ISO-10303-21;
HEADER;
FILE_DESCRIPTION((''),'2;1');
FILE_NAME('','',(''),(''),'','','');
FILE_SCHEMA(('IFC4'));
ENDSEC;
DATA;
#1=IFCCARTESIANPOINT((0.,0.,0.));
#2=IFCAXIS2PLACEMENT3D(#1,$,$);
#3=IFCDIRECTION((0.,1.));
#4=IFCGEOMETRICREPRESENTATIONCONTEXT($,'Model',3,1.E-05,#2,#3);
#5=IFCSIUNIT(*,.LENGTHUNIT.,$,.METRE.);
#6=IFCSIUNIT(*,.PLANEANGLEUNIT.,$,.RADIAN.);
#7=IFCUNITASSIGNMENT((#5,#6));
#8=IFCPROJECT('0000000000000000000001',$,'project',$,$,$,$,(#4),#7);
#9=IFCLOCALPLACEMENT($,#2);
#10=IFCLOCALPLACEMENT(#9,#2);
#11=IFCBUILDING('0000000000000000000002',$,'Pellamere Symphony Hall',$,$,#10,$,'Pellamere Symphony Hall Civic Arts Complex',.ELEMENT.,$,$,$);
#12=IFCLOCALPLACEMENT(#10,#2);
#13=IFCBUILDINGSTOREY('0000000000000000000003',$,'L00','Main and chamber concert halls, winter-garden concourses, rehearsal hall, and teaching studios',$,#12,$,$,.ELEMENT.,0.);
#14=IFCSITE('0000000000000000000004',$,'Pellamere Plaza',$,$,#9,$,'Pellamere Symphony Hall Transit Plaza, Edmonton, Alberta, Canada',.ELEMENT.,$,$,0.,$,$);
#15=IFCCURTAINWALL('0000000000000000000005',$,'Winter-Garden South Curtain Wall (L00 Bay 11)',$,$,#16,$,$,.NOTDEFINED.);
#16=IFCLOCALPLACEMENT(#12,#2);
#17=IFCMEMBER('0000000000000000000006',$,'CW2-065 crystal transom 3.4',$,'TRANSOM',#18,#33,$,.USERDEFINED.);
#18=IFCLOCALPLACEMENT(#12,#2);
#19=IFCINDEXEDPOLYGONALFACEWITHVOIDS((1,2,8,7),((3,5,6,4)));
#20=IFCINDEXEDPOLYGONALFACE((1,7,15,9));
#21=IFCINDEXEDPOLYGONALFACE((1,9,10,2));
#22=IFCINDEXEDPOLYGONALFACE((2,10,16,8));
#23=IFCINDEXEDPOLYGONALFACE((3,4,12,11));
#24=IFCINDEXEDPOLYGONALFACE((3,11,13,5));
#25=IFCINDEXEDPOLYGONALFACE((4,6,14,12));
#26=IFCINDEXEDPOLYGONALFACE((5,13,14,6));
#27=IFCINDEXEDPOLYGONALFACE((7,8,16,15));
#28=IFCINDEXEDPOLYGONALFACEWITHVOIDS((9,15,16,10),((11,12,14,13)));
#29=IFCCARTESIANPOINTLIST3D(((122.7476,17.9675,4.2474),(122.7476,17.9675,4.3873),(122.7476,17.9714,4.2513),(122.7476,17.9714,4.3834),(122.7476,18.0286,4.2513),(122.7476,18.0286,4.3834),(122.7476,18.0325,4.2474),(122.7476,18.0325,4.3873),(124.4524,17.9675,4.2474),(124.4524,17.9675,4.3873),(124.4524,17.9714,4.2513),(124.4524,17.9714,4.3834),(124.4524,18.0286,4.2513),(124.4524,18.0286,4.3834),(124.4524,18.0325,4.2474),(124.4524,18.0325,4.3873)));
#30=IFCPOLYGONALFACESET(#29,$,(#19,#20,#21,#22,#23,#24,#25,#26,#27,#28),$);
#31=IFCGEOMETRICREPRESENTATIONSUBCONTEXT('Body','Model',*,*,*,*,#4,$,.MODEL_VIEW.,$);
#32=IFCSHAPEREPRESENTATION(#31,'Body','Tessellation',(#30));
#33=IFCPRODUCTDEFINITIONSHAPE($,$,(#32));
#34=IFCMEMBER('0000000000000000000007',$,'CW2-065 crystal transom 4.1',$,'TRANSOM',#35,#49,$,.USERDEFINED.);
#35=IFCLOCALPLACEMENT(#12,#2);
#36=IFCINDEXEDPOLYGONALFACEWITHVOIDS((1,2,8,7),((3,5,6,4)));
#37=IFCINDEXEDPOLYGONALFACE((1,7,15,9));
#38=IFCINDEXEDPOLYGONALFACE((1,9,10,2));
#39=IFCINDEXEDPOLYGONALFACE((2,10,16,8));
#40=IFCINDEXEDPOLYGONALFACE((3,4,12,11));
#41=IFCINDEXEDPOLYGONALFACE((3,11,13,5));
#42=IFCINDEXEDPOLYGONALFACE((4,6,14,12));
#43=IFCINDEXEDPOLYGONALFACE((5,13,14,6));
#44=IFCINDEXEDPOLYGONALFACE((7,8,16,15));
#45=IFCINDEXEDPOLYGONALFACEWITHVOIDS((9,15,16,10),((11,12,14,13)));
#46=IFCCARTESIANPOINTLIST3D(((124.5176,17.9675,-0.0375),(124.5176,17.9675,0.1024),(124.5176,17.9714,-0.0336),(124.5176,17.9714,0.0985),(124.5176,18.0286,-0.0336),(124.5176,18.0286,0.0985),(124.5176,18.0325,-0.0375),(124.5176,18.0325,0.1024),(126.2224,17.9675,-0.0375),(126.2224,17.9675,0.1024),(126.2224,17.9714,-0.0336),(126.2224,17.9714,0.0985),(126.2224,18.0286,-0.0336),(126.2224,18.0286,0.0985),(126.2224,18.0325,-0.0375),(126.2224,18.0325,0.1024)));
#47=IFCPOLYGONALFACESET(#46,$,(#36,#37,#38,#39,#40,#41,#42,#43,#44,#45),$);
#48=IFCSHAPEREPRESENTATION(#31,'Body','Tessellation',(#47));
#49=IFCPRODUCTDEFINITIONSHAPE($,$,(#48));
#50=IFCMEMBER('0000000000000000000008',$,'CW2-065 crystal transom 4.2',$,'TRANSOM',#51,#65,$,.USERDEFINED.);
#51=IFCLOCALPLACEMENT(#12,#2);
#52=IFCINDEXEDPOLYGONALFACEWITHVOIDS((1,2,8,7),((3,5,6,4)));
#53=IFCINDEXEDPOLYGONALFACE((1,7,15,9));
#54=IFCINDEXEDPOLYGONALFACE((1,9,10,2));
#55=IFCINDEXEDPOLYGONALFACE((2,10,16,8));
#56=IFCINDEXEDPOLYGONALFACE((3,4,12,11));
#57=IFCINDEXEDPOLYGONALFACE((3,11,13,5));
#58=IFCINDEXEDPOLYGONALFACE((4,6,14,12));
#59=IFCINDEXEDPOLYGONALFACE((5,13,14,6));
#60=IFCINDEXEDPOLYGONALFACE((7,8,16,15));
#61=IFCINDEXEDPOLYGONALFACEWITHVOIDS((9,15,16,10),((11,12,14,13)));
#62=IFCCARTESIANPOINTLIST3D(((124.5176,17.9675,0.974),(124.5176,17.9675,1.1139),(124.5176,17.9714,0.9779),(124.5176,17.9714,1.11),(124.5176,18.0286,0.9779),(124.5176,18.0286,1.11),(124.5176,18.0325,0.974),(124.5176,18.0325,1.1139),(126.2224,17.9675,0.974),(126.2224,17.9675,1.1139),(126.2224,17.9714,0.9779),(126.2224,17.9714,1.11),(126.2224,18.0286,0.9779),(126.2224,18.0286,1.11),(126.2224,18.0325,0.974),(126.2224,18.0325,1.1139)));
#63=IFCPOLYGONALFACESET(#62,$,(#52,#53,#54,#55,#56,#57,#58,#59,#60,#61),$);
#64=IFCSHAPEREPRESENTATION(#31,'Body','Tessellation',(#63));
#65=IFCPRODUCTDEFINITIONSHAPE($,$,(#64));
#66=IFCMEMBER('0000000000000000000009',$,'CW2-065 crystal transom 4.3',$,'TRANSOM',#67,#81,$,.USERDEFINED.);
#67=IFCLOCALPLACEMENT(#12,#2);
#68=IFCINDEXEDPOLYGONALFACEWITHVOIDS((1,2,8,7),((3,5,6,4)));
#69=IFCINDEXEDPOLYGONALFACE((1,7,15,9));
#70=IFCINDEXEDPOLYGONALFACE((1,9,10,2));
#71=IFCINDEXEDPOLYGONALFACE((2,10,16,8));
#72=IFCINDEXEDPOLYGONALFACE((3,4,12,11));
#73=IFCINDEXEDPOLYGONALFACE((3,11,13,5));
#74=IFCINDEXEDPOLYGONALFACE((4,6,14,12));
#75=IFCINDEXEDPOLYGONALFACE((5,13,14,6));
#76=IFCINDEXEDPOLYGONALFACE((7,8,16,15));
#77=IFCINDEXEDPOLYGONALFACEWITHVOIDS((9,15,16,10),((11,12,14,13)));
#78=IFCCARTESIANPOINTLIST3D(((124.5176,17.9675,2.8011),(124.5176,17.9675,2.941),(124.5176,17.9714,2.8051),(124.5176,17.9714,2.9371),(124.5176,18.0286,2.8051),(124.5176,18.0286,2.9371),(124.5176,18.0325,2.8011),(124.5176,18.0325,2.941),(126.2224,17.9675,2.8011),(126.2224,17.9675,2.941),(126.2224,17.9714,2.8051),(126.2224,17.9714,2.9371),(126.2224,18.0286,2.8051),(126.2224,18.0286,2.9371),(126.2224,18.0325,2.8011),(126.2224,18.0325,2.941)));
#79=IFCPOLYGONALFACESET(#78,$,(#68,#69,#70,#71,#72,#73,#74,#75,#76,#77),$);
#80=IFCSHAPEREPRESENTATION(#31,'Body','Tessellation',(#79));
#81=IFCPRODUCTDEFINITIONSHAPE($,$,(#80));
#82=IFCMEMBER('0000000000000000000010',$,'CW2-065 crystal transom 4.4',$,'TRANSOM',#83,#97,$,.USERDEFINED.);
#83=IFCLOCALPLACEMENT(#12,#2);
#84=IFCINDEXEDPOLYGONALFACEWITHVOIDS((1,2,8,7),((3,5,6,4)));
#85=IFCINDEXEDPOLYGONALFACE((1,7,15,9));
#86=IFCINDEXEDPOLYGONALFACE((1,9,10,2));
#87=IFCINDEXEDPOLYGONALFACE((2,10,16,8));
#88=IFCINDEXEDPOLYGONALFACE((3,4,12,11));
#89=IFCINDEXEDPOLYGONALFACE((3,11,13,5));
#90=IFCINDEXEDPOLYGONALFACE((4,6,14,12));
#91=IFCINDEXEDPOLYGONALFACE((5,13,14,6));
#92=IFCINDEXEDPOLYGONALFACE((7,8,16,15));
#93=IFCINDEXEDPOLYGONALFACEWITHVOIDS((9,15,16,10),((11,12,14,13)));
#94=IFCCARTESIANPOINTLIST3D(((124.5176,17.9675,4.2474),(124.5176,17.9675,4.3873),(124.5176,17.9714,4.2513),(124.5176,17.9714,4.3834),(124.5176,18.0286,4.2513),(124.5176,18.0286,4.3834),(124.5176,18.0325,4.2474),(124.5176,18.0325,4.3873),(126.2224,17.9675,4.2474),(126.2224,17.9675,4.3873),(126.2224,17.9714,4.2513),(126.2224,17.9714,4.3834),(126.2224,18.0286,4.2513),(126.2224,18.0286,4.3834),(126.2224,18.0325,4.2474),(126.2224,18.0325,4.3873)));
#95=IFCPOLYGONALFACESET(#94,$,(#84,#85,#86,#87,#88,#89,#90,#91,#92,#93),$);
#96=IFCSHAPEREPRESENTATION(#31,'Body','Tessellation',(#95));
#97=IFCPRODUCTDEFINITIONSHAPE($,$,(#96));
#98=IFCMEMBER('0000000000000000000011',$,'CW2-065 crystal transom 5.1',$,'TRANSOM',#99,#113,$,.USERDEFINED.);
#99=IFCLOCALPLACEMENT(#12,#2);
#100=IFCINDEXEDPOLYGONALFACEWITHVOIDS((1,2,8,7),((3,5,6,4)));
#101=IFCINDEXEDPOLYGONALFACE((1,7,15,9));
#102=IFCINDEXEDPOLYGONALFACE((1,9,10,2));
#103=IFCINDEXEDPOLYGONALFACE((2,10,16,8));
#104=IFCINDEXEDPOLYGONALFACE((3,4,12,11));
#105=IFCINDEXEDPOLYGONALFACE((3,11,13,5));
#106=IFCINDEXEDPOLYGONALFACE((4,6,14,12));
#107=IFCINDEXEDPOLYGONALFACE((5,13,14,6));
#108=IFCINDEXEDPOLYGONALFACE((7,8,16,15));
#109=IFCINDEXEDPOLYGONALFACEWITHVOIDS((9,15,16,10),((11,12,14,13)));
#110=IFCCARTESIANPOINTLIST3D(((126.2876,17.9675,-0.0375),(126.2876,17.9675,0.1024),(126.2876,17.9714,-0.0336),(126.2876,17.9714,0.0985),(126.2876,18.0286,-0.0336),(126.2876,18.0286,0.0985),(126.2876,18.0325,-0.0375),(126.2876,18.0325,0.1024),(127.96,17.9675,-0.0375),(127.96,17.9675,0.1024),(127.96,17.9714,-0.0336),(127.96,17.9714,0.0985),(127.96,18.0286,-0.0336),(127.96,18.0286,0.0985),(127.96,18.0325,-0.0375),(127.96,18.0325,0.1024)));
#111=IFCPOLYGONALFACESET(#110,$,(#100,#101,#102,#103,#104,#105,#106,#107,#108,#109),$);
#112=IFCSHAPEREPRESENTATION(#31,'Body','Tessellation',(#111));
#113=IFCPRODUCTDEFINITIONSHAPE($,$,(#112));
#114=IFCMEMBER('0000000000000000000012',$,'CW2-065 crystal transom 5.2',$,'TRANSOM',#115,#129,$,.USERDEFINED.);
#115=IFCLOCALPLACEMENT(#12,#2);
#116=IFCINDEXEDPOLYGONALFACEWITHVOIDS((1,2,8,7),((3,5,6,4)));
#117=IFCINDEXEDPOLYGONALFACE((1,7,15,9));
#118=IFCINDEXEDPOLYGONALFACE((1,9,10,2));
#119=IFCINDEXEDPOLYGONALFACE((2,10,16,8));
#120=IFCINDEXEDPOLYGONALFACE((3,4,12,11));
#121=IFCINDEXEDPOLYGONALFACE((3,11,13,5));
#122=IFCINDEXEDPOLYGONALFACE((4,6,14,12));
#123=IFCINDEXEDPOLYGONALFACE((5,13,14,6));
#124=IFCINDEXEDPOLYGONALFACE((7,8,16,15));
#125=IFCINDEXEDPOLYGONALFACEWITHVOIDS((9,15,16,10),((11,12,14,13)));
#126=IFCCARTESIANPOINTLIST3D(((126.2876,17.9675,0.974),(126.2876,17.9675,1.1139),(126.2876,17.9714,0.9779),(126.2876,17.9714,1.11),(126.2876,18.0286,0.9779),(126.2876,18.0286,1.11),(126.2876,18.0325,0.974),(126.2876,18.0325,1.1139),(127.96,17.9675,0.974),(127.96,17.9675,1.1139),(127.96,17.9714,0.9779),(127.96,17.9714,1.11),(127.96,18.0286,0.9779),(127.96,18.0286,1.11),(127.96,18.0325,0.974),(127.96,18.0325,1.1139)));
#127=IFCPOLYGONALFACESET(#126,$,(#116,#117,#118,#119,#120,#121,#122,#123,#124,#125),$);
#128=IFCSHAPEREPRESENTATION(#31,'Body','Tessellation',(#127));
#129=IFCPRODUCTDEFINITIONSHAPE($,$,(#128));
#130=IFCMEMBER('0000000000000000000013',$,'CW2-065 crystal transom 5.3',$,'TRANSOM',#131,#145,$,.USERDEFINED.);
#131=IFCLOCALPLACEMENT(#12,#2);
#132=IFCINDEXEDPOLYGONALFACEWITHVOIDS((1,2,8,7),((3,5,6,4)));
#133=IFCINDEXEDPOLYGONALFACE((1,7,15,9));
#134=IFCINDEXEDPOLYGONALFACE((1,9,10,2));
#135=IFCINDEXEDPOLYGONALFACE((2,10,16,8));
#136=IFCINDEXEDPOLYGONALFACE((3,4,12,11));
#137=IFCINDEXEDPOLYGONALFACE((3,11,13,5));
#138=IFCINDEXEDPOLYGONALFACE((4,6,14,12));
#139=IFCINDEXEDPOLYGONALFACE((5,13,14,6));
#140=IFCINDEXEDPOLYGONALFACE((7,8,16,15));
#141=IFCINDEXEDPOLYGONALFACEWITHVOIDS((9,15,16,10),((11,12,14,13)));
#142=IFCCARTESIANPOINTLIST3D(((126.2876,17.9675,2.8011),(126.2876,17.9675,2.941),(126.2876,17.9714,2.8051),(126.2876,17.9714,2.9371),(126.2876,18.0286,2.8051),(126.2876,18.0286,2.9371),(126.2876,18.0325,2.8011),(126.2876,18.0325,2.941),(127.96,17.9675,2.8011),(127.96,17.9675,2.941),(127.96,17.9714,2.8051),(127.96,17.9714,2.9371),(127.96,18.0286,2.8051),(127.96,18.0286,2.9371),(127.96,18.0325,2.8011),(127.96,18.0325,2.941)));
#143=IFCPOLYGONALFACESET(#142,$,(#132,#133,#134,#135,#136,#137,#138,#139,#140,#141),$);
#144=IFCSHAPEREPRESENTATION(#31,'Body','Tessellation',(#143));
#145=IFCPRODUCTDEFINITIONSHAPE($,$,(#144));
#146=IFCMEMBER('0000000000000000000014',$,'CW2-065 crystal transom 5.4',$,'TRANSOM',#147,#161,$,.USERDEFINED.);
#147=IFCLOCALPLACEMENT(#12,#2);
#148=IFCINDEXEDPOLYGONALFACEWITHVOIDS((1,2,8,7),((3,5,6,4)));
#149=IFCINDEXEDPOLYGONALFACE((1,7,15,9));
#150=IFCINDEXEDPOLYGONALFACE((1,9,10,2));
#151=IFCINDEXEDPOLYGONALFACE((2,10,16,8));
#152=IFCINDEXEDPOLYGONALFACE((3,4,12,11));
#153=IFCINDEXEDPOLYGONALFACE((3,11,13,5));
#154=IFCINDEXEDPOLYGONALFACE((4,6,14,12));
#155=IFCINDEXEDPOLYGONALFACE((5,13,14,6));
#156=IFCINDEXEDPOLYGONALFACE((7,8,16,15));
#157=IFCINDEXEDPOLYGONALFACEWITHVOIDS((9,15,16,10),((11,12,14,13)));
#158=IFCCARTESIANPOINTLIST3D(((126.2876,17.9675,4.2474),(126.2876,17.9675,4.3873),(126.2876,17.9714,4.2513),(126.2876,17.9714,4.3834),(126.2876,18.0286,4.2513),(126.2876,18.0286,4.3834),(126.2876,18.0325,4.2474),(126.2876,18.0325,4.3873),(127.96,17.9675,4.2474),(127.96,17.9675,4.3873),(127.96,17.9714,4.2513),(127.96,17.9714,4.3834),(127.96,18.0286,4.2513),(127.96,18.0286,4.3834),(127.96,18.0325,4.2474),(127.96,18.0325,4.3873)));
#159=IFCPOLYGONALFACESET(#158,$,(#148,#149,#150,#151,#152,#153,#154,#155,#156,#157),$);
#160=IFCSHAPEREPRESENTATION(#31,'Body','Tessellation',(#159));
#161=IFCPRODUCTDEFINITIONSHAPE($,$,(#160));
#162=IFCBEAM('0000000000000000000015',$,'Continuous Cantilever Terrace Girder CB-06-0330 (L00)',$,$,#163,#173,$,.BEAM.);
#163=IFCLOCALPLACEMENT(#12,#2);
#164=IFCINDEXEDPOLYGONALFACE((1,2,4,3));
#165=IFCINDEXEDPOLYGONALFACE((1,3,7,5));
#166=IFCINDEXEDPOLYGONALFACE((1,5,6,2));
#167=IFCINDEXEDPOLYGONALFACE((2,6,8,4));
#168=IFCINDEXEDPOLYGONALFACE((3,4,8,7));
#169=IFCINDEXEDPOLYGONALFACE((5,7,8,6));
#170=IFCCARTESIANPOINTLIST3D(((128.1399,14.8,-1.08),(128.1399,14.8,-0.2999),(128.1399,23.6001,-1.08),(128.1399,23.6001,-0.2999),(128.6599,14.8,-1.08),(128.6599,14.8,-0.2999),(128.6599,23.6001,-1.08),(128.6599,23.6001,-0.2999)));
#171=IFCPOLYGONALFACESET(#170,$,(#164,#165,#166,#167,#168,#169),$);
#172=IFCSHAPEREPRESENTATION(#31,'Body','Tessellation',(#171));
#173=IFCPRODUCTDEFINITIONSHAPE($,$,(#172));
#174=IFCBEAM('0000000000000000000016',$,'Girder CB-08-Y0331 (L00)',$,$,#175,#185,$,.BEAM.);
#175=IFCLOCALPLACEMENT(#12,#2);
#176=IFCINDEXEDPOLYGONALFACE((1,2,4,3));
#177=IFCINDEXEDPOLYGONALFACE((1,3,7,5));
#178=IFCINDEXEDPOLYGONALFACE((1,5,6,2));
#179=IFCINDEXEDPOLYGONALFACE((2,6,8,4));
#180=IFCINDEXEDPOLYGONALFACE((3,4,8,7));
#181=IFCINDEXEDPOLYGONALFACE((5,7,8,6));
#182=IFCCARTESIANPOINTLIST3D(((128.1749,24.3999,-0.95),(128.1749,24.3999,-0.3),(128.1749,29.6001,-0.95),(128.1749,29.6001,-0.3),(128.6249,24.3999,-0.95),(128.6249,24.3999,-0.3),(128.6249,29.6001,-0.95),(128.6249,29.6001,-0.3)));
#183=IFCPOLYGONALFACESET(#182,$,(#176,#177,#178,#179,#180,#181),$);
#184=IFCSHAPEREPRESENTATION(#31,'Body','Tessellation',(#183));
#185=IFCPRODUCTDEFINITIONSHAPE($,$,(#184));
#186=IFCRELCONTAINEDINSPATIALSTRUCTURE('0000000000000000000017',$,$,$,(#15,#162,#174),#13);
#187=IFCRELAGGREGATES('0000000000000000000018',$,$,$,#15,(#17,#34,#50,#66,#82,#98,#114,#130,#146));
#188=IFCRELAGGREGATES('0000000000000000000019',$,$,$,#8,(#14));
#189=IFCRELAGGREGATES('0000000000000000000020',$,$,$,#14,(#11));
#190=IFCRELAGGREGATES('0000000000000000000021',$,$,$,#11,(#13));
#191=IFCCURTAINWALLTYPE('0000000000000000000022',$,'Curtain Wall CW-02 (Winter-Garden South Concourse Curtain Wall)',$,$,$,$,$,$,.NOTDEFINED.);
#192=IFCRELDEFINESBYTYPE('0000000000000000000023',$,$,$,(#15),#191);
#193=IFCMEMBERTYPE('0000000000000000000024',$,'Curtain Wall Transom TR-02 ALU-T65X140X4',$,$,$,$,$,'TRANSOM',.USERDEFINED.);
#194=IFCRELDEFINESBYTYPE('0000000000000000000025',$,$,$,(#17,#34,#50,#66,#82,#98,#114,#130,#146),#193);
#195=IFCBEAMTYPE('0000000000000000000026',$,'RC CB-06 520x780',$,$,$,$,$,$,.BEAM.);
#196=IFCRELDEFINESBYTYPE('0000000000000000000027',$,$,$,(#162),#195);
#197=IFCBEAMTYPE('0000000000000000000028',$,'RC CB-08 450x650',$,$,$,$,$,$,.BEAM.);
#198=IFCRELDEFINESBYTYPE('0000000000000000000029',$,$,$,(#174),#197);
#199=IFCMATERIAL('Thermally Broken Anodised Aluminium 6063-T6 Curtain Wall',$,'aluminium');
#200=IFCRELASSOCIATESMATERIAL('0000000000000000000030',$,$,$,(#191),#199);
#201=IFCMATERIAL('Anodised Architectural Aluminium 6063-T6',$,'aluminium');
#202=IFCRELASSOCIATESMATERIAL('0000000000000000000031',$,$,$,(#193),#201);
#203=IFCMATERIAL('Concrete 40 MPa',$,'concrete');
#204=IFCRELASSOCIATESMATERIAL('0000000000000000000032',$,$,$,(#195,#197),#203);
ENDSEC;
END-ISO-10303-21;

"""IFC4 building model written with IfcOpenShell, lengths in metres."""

from ifc_helpers import new_model, si_unit, direction, frame, origin, origin_2d, place, context, subcontext, project, spatial, rectangle, hollow_rectangle, extrude, material, material_profile, profile_set, type_object, element, aggregate, save


model = new_model("IFC4")

# Units and contexts
model_context = context("Model", 3, precision=1e-05, world=origin(), true_north=direction((0.0, 1.0)))
body_context = subcontext(model_context, "Body", "Model", "MODEL_VIEW")
ifc_project = project(units=[si_unit("LENGTHUNIT", "METRE"), si_unit("PLANEANGLEUNIT", "RADIAN")], contexts=[model_context])

# Site, building, storey
site_placement = place(None, origin())
site = spatial("IfcSite", under=ifc_project, at=site_placement, Name="Pellamere Plaza", LongName="Pellamere Symphony Hall Transit Plaza, Edmonton, Alberta, Canada", CompositionType="ELEMENT", RefElevation=0.0)
building_placement = place(site_placement, origin())
building = spatial("IfcBuilding", under=site, at=building_placement, Name="Pellamere Symphony Hall", LongName="Pellamere Symphony Hall Civic Arts Complex", CompositionType="ELEMENT")
storey_placement = place(building_placement, origin())
storey = spatial("IfcBuildingStorey", under=building, at=storey_placement, Name="L00", Description="Main and chamber concert halls, winter-garden concourses, rehearsal hall, and teaching studios", CompositionType="ELEMENT", Elevation=0.0)

# Shared definitions
ifc_material_1 = material(Name="Concrete 40 MPa", Category="concrete")

# Curtain wall, members
ifc_material_2 = material(Name="Thermally Broken Anodised Aluminium 6063-T6 Curtain Wall", Category="aluminium")
curtain_wall_type = type_object("IfcCurtainWallType", Name="Curtain Wall CW-02 (Winter-Garden South Concourse Curtain Wall)", PredefinedType="NOTDEFINED", material=ifc_material_2)
curtain_wall_placement = place(storey_placement, origin())
curtain_wall = element("IfcCurtainWall", 1, at=curtain_wall_placement, inside=storey, type_object=curtain_wall_type, Name="Winter-Garden South Curtain Wall (L00 Bay 11)", PredefinedType="NOTDEFINED")
ifc_material_3 = material(Name="Anodised Architectural Aluminium 6063-T6", Category="aluminium")
ifc_material_profile_1 = material_profile(ifc_material_3, hollow_rectangle(XDim=0.0649, YDim=0.1399, WallThickness=0.0039, at=origin_2d()), Name="ALU-T65X140X4")
ifc_profile_set_1 = profile_set([ifc_material_profile_1], Name="Anodised Architectural Aluminium 6063-T6")
member_type_1 = type_object("IfcMemberType", Name="Curtain Wall Transom TR-02 ALU-T65X140X4", ElementType="TRANSOM", PredefinedType="USERDEFINED", material=ifc_profile_set_1)
member_1_placement = place(storey_placement, frame((122.7476, 18.0, 4.3174), z_axis=(1.0, 0.0, 0.0), x_axis=(0.0, 1.0, 0.0)))
member_1 = element("IfcMember", 2, at=member_1_placement, type_object=member_type_1, Name="CW2-065 crystal transom 3.4", ObjectType="TRANSOM", PredefinedType="USERDEFINED", context=body_context, shape_type="SweptSolid", body=[
    extrude(hollow_rectangle(XDim=0.0649, YDim=0.1399, WallThickness=0.0039, at=origin_2d()), origin(), (0.0, 0.0, 1.0), 1.7048),
])
member_2_placement = place(storey_placement, frame((124.5176, 18.0, 0.0325), z_axis=(1.0, 0.0, 0.0), x_axis=(0.0, 1.0, 0.0)))
member_2 = element("IfcMember", 3, at=member_2_placement, type_object=member_type_1, Name="CW2-065 crystal transom 4.1", ObjectType="TRANSOM", PredefinedType="USERDEFINED", context=body_context, shape_type="SweptSolid", body=[
    extrude(hollow_rectangle(XDim=0.0649, YDim=0.1399, WallThickness=0.0039, at=origin_2d()), origin(), (0.0, 0.0, 1.0), 1.7048),
])
member_3_placement = place(storey_placement, frame((124.5176, 18.0, 1.0439), z_axis=(1.0, 0.0, 0.0), x_axis=(0.0, 1.0, 0.0)))
member_3 = element("IfcMember", 4, at=member_3_placement, type_object=member_type_1, Name="CW2-065 crystal transom 4.2", ObjectType="TRANSOM", PredefinedType="USERDEFINED", context=body_context, shape_type="SweptSolid", body=[
    extrude(hollow_rectangle(XDim=0.0649, YDim=0.1399, WallThickness=0.0039, at=origin_2d()), origin(), (0.0, 0.0, 1.0), 1.7048),
])
member_4_placement = place(storey_placement, frame((124.5176, 18.0, 2.8711), z_axis=(1.0, 0.0, 0.0), x_axis=(0.0, 1.0, 0.0)))
member_4 = element("IfcMember", 5, at=member_4_placement, type_object=member_type_1, Name="CW2-065 crystal transom 4.3", ObjectType="TRANSOM", PredefinedType="USERDEFINED", context=body_context, shape_type="SweptSolid", body=[
    extrude(hollow_rectangle(XDim=0.0649, YDim=0.1399, WallThickness=0.0039, at=origin_2d()), origin(), (0.0, 0.0, 1.0), 1.7048),
])
member_5_placement = place(storey_placement, frame((124.5176, 18.0, 4.3174), z_axis=(1.0, 0.0, 0.0), x_axis=(0.0, 1.0, 0.0)))
member_5 = element("IfcMember", 6, at=member_5_placement, type_object=member_type_1, Name="CW2-065 crystal transom 4.4", ObjectType="TRANSOM", PredefinedType="USERDEFINED", context=body_context, shape_type="SweptSolid", body=[
    extrude(hollow_rectangle(XDim=0.0649, YDim=0.1399, WallThickness=0.0039, at=origin_2d()), origin(), (0.0, 0.0, 1.0), 1.7048),
])
member_6_placement = place(storey_placement, frame((126.2876, 18.0, 0.0325), z_axis=(1.0, 0.0, 0.0), x_axis=(0.0, 1.0, 0.0)))
member_6 = element("IfcMember", 7, at=member_6_placement, type_object=member_type_1, Name="CW2-065 crystal transom 5.1", ObjectType="TRANSOM", PredefinedType="USERDEFINED", context=body_context, shape_type="SweptSolid", body=[
    extrude(hollow_rectangle(XDim=0.0649, YDim=0.1399, WallThickness=0.0039, at=origin_2d()), origin(), (0.0, 0.0, 1.0), 1.6724),
])
member_7_placement = place(storey_placement, frame((126.2876, 18.0, 1.0439), z_axis=(1.0, 0.0, 0.0), x_axis=(0.0, 1.0, 0.0)))
member_7 = element("IfcMember", 8, at=member_7_placement, type_object=member_type_1, Name="CW2-065 crystal transom 5.2", ObjectType="TRANSOM", PredefinedType="USERDEFINED", context=body_context, shape_type="SweptSolid", body=[
    extrude(hollow_rectangle(XDim=0.0649, YDim=0.1399, WallThickness=0.0039, at=origin_2d()), origin(), (0.0, 0.0, 1.0), 1.6724),
])
member_8_placement = place(storey_placement, frame((126.2876, 18.0, 2.8711), z_axis=(1.0, 0.0, 0.0), x_axis=(0.0, 1.0, 0.0)))
member_8 = element("IfcMember", 9, at=member_8_placement, type_object=member_type_1, Name="CW2-065 crystal transom 5.3", ObjectType="TRANSOM", PredefinedType="USERDEFINED", context=body_context, shape_type="SweptSolid", body=[
    extrude(hollow_rectangle(XDim=0.0649, YDim=0.1399, WallThickness=0.0039, at=origin_2d()), origin(), (0.0, 0.0, 1.0), 1.6724),
])
member_9_placement = place(storey_placement, frame((126.2876, 18.0, 4.3174), z_axis=(1.0, 0.0, 0.0), x_axis=(0.0, 1.0, 0.0)))
member_9 = element("IfcMember", 10, at=member_9_placement, type_object=member_type_1, Name="CW2-065 crystal transom 5.4", ObjectType="TRANSOM", PredefinedType="USERDEFINED", context=body_context, shape_type="SweptSolid", body=[
    extrude(hollow_rectangle(XDim=0.0649, YDim=0.1399, WallThickness=0.0039, at=origin_2d()), origin(), (0.0, 0.0, 1.0), 1.6724),
])

# Beams
ifc_material_profile_2 = material_profile(ifc_material_1, rectangle(XDim=0.52, YDim=0.78, at=origin_2d()), Name="RC 520x780")
ifc_profile_set_2 = profile_set([ifc_material_profile_2], Name="Concrete 40 MPa")
beam_type_1 = type_object("IfcBeamType", Name="RC CB-06 520x780", PredefinedType="BEAM", material=ifc_profile_set_2)
beam_1_placement = place(storey_placement, frame((128.3999, 14.8, -0.6899), z_axis=(0.0, 1.0, 0.0), x_axis=(-1.0, 0.0, 0.0)))
element("IfcBeam", 11, at=beam_1_placement, inside=storey, type_object=beam_type_1, Name="Continuous Cantilever Terrace Girder CB-06-0330 (L00)", PredefinedType="BEAM", context=body_context, shape_type="SweptSolid", body=[
    extrude(rectangle(XDim=0.52, YDim=0.78, at=origin_2d()), origin(), (0.0, 0.0, 1.0), 8.8),
])
ifc_material_profile_3 = material_profile(ifc_material_1, rectangle(XDim=0.45, YDim=0.6499, at=origin_2d()), Name="RC 450x650")
ifc_profile_set_3 = profile_set([ifc_material_profile_3], Name="Concrete 40 MPa")
beam_type_2 = type_object("IfcBeamType", Name="RC CB-08 450x650", PredefinedType="BEAM", material=ifc_profile_set_3)
beam_2_placement = place(storey_placement, frame((128.3999, 24.3999, -0.625), z_axis=(0.0, 1.0, 0.0), x_axis=(-1.0, 0.0, 0.0)))
element("IfcBeam", 12, at=beam_2_placement, inside=storey, type_object=beam_type_2, Name="Girder CB-08-Y0331 (L00)", PredefinedType="BEAM", context=body_context, shape_type="SweptSolid", body=[
    extrude(rectangle(XDim=0.45, YDim=0.6499, at=origin_2d()), origin(), (0.0, 0.0, 1.0), 5.2002),
])

aggregate(curtain_wall, [member_1, member_2, member_3, member_4, member_5, member_6, member_7, member_8, member_9])

save(model, "model.ifc")
